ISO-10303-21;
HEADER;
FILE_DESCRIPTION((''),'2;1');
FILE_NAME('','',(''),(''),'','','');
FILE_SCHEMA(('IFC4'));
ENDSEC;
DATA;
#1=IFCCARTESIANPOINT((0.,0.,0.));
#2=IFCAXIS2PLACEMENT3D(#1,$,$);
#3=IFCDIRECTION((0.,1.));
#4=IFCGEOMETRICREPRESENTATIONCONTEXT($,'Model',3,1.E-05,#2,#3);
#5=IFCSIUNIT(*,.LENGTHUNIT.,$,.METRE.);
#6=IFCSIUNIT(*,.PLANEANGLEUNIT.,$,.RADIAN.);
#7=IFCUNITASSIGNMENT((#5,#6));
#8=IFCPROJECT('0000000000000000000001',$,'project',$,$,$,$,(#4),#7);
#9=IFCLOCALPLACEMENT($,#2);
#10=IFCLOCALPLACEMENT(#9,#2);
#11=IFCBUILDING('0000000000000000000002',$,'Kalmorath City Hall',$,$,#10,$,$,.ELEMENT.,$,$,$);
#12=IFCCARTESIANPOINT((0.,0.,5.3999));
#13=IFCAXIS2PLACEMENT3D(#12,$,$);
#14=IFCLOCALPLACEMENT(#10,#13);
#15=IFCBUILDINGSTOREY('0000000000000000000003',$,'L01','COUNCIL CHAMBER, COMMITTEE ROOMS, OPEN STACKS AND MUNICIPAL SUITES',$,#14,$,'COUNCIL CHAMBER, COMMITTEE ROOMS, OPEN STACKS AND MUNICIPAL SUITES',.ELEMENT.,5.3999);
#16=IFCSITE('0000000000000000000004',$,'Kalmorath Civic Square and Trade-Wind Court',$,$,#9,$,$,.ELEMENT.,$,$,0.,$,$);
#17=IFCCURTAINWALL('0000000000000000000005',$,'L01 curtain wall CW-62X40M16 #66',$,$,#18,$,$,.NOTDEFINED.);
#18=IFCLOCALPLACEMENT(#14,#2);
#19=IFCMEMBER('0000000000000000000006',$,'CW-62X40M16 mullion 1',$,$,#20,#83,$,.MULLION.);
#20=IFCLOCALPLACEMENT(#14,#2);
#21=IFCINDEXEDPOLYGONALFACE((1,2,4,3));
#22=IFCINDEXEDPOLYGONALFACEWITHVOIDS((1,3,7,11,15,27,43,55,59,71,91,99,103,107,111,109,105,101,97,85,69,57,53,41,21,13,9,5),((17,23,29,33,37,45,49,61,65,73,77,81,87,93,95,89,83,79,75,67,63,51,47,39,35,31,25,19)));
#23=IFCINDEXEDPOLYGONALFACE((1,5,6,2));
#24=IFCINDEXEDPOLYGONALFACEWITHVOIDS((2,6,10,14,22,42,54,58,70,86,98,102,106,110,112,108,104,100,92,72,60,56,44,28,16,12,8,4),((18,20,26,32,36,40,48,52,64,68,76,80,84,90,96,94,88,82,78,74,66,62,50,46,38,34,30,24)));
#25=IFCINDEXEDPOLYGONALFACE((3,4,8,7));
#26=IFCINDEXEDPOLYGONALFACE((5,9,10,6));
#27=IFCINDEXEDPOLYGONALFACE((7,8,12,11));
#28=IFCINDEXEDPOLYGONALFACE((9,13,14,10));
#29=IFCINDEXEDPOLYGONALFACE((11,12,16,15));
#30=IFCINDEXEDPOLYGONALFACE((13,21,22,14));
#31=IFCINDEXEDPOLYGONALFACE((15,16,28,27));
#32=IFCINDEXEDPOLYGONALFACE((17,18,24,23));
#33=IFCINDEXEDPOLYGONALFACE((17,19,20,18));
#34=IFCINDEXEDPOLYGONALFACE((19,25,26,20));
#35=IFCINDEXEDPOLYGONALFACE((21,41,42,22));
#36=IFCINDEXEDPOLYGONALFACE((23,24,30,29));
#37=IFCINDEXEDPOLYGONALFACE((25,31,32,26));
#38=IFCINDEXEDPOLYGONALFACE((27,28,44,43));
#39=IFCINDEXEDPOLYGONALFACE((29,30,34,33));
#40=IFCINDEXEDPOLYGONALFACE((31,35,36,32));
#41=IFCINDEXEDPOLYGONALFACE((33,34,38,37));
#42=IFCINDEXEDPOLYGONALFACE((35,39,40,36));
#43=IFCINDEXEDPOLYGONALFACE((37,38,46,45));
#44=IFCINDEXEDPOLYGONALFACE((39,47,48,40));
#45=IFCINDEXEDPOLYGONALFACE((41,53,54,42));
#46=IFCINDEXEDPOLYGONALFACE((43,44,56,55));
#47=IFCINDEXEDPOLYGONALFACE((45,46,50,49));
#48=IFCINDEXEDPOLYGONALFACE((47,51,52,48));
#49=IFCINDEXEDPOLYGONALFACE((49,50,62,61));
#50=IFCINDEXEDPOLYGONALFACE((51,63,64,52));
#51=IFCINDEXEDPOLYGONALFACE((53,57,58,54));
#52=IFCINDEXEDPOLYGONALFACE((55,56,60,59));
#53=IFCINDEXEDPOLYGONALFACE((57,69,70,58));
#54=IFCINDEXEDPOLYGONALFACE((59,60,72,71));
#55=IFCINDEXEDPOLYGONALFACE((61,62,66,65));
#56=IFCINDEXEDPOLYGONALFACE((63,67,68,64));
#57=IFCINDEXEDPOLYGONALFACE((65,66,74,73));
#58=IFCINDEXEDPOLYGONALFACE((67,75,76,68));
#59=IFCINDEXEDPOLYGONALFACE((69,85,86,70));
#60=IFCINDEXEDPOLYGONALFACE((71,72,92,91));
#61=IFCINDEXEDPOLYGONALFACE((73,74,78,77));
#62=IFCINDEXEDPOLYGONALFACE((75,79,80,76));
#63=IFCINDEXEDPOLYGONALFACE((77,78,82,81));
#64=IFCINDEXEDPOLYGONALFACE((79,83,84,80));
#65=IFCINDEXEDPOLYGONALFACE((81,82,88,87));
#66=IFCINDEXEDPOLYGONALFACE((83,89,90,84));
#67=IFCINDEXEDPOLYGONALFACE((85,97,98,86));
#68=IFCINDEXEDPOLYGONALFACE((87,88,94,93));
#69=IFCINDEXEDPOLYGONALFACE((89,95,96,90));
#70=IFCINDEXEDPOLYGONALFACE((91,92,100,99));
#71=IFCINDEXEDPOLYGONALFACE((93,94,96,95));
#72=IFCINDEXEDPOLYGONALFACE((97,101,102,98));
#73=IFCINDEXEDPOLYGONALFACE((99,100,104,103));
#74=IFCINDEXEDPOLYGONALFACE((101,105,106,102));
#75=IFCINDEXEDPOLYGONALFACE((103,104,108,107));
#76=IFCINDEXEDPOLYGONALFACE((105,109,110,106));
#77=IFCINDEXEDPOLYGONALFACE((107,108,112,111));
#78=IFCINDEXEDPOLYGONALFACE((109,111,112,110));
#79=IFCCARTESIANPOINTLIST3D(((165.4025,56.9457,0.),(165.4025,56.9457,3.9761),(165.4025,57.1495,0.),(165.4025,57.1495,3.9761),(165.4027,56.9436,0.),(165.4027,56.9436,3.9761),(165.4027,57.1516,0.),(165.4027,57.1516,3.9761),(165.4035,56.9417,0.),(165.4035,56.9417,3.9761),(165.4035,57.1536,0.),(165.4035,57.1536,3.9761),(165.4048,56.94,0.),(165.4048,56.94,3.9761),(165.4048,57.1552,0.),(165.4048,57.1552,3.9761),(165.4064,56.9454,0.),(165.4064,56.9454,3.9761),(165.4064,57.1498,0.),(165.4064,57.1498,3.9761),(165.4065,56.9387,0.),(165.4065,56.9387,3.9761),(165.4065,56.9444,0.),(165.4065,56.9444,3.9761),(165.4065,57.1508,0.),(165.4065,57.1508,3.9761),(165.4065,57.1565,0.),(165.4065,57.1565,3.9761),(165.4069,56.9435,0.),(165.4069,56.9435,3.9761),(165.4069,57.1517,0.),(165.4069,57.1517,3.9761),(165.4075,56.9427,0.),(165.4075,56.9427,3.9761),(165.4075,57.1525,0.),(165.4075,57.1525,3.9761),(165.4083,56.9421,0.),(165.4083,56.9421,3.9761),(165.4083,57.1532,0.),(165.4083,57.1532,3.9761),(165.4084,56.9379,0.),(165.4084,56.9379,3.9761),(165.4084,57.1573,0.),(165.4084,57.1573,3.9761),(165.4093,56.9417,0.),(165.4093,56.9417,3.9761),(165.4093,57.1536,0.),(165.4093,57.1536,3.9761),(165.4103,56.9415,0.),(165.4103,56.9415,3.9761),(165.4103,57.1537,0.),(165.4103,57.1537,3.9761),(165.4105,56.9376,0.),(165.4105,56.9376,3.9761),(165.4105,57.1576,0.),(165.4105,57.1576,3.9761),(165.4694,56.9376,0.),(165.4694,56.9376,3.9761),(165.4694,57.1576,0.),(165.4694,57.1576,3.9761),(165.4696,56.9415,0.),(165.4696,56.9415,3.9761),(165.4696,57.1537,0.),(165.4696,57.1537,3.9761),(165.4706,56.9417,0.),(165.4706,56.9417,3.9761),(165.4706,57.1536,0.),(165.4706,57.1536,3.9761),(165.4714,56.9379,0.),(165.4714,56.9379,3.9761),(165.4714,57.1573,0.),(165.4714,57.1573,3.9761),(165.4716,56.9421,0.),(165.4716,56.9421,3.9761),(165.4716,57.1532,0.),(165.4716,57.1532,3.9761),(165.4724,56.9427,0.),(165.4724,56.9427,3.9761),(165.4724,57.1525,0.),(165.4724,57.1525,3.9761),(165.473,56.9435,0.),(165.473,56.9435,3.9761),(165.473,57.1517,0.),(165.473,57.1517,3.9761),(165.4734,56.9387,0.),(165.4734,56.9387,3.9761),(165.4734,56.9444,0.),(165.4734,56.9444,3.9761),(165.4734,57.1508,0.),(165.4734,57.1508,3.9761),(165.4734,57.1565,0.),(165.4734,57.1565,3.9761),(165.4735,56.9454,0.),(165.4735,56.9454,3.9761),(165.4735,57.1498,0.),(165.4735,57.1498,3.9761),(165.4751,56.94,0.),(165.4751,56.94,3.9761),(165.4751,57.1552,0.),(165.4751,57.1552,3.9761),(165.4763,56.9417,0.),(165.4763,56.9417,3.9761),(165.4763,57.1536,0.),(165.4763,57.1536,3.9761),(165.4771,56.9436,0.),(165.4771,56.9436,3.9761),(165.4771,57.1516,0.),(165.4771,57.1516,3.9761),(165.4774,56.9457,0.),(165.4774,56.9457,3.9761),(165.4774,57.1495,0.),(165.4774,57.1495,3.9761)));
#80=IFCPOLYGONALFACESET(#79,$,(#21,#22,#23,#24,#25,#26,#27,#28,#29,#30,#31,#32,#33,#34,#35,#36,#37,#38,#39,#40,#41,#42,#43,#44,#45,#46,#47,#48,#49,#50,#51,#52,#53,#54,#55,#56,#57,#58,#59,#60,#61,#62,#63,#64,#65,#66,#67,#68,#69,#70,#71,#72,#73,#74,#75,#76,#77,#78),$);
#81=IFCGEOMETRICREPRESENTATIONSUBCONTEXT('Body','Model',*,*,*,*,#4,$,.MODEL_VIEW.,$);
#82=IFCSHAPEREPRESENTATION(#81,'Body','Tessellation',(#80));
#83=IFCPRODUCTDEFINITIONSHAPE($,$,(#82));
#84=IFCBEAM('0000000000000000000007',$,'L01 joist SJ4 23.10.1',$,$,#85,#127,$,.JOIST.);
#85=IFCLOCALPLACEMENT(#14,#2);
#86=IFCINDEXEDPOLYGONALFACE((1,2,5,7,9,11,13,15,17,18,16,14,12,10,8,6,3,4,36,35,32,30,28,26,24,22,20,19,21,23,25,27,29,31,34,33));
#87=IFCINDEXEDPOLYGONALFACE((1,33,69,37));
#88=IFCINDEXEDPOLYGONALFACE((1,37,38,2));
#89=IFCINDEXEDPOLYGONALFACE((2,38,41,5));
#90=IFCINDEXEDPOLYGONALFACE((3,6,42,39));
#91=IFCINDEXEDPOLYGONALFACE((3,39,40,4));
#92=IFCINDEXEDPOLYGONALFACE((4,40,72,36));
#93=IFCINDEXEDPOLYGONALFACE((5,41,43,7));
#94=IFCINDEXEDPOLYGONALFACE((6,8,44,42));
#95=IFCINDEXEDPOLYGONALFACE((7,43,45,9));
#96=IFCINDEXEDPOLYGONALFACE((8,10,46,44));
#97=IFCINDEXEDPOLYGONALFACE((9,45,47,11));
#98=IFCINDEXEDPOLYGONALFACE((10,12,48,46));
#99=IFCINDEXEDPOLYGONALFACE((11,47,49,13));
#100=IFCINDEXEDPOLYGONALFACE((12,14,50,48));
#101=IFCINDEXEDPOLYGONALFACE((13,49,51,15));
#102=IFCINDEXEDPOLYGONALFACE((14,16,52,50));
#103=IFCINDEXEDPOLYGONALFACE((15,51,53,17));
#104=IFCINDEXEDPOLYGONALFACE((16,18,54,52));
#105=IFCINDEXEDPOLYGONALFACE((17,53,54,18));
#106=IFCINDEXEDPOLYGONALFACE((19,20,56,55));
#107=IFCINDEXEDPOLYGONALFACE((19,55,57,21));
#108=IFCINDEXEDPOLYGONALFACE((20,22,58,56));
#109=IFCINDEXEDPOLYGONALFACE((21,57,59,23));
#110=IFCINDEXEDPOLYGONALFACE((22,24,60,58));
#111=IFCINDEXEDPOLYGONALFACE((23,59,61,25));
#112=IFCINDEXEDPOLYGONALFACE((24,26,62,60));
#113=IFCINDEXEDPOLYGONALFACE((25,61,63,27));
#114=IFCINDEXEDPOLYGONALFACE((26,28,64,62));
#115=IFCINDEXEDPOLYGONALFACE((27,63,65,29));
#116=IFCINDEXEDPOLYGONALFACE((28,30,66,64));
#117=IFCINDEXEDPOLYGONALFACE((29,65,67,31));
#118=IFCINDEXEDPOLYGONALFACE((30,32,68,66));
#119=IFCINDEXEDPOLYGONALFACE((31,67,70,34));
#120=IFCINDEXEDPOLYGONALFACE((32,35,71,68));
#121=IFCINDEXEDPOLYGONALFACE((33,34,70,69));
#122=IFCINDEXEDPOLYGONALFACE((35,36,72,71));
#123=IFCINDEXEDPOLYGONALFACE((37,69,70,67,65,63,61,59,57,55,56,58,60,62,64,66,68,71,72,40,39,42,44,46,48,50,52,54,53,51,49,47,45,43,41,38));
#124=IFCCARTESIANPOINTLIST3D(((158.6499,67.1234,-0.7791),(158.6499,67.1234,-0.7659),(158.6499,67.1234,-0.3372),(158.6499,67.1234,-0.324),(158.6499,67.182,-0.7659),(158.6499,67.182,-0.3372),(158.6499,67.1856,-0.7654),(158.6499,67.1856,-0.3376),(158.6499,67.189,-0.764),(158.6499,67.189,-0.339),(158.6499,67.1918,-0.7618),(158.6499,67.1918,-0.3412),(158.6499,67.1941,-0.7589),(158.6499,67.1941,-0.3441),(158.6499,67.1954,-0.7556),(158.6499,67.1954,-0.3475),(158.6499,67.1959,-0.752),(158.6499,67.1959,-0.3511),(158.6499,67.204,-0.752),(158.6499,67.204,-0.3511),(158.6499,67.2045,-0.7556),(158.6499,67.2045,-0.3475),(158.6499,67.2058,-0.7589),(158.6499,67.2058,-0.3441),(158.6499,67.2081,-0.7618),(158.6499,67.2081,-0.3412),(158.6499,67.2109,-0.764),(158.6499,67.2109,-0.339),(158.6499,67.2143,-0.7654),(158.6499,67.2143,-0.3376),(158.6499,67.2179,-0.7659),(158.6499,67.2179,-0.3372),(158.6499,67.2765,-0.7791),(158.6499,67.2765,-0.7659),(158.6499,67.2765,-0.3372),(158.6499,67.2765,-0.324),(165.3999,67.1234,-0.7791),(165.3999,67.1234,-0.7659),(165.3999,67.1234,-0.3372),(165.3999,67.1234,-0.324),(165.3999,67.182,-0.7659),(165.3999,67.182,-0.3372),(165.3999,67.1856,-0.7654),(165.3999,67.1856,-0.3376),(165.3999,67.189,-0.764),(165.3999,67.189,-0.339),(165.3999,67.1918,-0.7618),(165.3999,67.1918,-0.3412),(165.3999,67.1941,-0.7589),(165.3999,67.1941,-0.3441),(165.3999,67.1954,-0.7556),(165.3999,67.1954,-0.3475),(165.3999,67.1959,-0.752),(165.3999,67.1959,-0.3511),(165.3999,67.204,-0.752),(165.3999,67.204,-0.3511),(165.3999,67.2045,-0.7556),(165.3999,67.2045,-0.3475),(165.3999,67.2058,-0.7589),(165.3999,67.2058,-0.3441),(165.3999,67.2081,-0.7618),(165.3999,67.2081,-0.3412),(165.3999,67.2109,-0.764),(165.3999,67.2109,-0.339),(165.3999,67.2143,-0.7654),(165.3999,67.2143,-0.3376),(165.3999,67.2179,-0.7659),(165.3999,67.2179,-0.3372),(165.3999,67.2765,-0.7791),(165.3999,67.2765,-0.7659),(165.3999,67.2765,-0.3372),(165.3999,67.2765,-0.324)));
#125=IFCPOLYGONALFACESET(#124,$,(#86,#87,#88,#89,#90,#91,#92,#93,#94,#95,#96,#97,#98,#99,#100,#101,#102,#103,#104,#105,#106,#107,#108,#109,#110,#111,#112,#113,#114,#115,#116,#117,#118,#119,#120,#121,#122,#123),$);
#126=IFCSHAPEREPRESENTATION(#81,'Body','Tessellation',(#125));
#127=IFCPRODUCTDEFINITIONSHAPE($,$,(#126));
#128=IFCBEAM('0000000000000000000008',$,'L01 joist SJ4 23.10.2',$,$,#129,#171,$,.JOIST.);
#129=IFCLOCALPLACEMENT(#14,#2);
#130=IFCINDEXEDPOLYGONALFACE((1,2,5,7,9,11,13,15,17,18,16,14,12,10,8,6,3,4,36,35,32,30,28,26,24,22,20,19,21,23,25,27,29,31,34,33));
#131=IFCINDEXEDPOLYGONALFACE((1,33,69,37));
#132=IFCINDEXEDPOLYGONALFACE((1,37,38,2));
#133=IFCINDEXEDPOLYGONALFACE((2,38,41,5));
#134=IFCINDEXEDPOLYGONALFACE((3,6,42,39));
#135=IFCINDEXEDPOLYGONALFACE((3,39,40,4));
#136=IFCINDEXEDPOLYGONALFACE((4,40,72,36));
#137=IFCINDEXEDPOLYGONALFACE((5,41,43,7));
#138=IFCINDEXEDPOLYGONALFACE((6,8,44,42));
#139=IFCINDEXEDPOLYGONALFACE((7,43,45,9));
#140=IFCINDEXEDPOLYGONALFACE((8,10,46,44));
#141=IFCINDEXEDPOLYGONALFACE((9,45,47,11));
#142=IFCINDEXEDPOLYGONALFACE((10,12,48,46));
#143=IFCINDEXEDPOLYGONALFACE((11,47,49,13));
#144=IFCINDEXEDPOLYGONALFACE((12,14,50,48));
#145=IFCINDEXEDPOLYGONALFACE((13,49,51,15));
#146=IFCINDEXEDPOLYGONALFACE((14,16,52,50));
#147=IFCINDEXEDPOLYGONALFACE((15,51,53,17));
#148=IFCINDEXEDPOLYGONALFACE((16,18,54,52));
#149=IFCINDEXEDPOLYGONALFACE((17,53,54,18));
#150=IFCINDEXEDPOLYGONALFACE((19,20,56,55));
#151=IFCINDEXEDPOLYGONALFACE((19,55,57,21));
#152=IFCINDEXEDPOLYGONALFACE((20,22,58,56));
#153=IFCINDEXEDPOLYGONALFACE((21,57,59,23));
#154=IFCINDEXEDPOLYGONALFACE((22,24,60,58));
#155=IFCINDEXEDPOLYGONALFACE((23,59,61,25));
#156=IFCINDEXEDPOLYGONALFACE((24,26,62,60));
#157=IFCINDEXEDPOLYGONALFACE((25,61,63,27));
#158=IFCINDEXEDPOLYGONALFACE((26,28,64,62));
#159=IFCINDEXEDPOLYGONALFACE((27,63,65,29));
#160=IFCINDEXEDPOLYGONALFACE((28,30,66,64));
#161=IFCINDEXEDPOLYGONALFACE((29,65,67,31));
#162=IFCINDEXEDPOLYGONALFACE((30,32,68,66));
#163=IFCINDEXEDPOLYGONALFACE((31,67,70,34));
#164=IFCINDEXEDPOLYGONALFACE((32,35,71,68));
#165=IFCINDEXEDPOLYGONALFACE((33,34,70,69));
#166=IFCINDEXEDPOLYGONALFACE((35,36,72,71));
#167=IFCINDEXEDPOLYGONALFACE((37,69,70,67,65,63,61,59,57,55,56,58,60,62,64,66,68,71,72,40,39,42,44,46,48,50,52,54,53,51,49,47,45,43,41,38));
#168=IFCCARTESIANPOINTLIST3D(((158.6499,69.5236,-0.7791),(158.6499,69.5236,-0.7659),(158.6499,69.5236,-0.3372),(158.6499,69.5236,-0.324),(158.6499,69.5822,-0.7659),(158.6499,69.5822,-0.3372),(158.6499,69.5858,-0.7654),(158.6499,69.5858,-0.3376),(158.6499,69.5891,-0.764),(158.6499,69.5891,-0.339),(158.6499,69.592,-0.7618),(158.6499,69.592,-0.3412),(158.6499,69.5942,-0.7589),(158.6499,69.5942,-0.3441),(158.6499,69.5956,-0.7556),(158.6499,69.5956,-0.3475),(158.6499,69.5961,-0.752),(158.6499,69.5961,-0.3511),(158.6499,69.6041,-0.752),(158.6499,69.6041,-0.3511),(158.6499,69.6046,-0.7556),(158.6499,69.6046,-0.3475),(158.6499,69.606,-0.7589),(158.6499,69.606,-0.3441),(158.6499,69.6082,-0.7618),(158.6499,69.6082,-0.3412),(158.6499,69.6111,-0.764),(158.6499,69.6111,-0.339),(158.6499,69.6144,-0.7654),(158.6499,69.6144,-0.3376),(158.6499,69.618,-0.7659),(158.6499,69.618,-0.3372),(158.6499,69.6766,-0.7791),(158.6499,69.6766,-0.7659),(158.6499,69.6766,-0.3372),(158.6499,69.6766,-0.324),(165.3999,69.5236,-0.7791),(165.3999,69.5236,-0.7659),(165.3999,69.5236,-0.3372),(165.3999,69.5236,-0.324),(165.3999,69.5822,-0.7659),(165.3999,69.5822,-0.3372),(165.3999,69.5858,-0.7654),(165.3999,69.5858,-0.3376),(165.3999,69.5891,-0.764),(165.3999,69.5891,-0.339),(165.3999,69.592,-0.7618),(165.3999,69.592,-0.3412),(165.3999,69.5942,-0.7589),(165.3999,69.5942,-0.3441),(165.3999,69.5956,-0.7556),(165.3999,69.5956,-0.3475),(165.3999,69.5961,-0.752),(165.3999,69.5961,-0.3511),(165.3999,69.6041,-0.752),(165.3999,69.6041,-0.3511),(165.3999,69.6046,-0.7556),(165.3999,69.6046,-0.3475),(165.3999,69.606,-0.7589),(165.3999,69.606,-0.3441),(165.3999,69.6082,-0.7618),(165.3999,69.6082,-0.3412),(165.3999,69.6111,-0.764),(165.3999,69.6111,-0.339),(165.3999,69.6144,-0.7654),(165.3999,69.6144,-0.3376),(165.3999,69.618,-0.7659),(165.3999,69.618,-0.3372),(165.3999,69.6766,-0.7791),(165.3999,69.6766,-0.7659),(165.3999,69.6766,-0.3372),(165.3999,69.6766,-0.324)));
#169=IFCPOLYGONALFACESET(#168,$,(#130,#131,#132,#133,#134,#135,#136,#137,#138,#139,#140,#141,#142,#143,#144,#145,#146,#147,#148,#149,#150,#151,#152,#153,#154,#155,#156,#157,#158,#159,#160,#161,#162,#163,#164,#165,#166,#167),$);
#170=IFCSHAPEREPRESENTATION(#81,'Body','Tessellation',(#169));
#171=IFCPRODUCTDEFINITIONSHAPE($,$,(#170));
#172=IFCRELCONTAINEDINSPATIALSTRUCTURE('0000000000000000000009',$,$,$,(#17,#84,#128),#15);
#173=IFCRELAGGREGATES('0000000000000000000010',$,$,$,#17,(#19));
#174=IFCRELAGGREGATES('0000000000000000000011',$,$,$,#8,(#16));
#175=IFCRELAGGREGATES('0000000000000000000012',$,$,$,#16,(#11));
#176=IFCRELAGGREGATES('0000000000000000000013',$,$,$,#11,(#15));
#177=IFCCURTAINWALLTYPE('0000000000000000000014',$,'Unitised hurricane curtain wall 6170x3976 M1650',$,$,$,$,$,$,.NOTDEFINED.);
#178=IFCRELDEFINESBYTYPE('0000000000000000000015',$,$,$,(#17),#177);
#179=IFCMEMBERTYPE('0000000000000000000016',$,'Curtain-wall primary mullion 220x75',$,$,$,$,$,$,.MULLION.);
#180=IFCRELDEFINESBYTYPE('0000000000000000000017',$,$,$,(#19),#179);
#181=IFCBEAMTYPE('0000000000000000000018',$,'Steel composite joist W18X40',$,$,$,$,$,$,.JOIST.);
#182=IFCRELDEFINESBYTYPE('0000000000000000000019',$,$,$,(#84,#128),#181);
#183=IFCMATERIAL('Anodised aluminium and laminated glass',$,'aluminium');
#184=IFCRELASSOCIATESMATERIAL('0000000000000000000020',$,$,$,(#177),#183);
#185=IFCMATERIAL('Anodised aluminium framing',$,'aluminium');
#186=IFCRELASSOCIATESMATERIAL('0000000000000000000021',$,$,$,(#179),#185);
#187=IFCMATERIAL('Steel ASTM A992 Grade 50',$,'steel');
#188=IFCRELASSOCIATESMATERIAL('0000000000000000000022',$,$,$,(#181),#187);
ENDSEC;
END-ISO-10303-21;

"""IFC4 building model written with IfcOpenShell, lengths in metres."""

from ifc_helpers import new_model, si_unit, direction, frame, origin, origin_2d, place, context, subcontext, project, spatial, hollow_rectangle, i_section, extrude, material, material_profile, profile_set, type_object, element, aggregate, save


model = new_model("IFC4")

# Units and contexts
model_context = context("Model", 3, precision=1e-05, world=origin(), true_north=direction((0.0, 1.0)))
body_context = subcontext(model_context, "Body", "Model", "MODEL_VIEW")
ifc_project = project(units=[si_unit("LENGTHUNIT", "METRE"), si_unit("PLANEANGLEUNIT", "RADIAN")], contexts=[model_context])

# Site, building, storey
site_placement = place(None, origin())
site = spatial("IfcSite", under=ifc_project, at=site_placement, Name="Kalmorath Civic Square and Trade-Wind Court", CompositionType="ELEMENT", RefElevation=0.0)
building_placement = place(site_placement, origin())
building = spatial("IfcBuilding", under=site, at=building_placement, Name="Kalmorath City Hall", CompositionType="ELEMENT")
storey_placement = place(building_placement, frame((0.0, 0.0, 5.3999)))
storey = spatial("IfcBuildingStorey", under=building, at=storey_placement, Name="L01", Description="COUNCIL CHAMBER, COMMITTEE ROOMS, OPEN STACKS AND MUNICIPAL SUITES", LongName="COUNCIL CHAMBER, COMMITTEE ROOMS, OPEN STACKS AND MUNICIPAL SUITES", CompositionType="ELEMENT", Elevation=5.3999)

# Curtain wall
ifc_material_1 = material(Name="Anodised aluminium and laminated glass", Category="aluminium")
curtain_wall_type = type_object("IfcCurtainWallType", Name="Unitised hurricane curtain wall 6170x3976 M1650", PredefinedType="NOTDEFINED", material=ifc_material_1)
curtain_wall_1_placement = place(storey_placement, origin())
curtain_wall_1 = element("IfcCurtainWall", 1, at=curtain_wall_1_placement, inside=storey, type_object=curtain_wall_type, Name="L01 curtain wall CW-62X40M16 #66", PredefinedType="NOTDEFINED")

# Shared definitions
ifc_material_2 = material(Name="Anodised aluminium framing", Category="aluminium")
ifc_material_profile_1 = material_profile(ifc_material_2, hollow_rectangle(XDim=0.075, YDim=0.22, WallThickness=0.0039, InnerFilletRadius=0.0039, OuterFilletRadius=0.0081, at=origin_2d()), Name="ALU-MUL-220X75X4")
ifc_profile_set_1 = profile_set([ifc_material_profile_1], Name="Anodised aluminium framing")
member_type_1 = type_object("IfcMemberType", Name="Curtain-wall primary mullion 220x75", PredefinedType="MULLION", material=ifc_profile_set_1)

# Member
member_1_placement = place(storey_placement, frame((165.4399, 57.0476, 0.0), z_axis=(0.0, 0.0, 1.0), x_axis=(1.0, 0.0, 0.0)))
member_1 = element("IfcMember", 2, at=member_1_placement, type_object=member_type_1, Name="CW-62X40M16 mullion 1", PredefinedType="MULLION", context=body_context, shape_type="SweptSolid", body=[
    extrude(hollow_rectangle(XDim=0.075, YDim=0.22, WallThickness=0.0039, InnerFilletRadius=0.0039, OuterFilletRadius=0.0081, at=origin_2d()), origin(), (0.0, 0.0, 1.0), 3.9761),
])

# Beams
ifc_material_3 = material(Name="Steel ASTM A992 Grade 50", Category="steel")
ifc_material_profile_2 = material_profile(ifc_material_3, i_section(OverallWidth=0.1531, OverallDepth=0.4551, WebThickness=0.0081, FlangeThickness=0.0132, FilletRadius=0.0139, at=origin_2d()), Name="W18X40")
ifc_profile_set_2 = profile_set([ifc_material_profile_2], Name="Steel ASTM A992 Grade 50")
beam_type_1 = type_object("IfcBeamType", Name="Steel composite joist W18X40", PredefinedType="JOIST", material=ifc_profile_set_2)
for number, where, z_axis, x_axis, name in (
    (3, (158.6499, 67.2, -0.5515), (1.0, 0.0, 0.0), (0.0, 1.0, 0.0), "L01 joist SJ4 23.10.1"),
    (4, (158.6499, 69.6001, -0.5515), (1.0, 0.0, 0.0), (0.0, 1.0, 0.0), "L01 joist SJ4 23.10.2"),
):
    element("IfcBeam", number, at=place(storey_placement, frame(where, z_axis=z_axis, x_axis=x_axis)), inside=storey, type_object=beam_type_1, Name=name, PredefinedType="JOIST", context=body_context, shape_type="SweptSolid", body=[
        extrude(i_section(OverallWidth=0.1531, OverallDepth=0.4551, WebThickness=0.0081, FlangeThickness=0.0132, FilletRadius=0.0139, at=origin_2d()), origin(), (0.0, 0.0, 1.0), 6.75),
    ])

aggregate(curtain_wall_1, [member_1])

save(model, "model.ifc")
